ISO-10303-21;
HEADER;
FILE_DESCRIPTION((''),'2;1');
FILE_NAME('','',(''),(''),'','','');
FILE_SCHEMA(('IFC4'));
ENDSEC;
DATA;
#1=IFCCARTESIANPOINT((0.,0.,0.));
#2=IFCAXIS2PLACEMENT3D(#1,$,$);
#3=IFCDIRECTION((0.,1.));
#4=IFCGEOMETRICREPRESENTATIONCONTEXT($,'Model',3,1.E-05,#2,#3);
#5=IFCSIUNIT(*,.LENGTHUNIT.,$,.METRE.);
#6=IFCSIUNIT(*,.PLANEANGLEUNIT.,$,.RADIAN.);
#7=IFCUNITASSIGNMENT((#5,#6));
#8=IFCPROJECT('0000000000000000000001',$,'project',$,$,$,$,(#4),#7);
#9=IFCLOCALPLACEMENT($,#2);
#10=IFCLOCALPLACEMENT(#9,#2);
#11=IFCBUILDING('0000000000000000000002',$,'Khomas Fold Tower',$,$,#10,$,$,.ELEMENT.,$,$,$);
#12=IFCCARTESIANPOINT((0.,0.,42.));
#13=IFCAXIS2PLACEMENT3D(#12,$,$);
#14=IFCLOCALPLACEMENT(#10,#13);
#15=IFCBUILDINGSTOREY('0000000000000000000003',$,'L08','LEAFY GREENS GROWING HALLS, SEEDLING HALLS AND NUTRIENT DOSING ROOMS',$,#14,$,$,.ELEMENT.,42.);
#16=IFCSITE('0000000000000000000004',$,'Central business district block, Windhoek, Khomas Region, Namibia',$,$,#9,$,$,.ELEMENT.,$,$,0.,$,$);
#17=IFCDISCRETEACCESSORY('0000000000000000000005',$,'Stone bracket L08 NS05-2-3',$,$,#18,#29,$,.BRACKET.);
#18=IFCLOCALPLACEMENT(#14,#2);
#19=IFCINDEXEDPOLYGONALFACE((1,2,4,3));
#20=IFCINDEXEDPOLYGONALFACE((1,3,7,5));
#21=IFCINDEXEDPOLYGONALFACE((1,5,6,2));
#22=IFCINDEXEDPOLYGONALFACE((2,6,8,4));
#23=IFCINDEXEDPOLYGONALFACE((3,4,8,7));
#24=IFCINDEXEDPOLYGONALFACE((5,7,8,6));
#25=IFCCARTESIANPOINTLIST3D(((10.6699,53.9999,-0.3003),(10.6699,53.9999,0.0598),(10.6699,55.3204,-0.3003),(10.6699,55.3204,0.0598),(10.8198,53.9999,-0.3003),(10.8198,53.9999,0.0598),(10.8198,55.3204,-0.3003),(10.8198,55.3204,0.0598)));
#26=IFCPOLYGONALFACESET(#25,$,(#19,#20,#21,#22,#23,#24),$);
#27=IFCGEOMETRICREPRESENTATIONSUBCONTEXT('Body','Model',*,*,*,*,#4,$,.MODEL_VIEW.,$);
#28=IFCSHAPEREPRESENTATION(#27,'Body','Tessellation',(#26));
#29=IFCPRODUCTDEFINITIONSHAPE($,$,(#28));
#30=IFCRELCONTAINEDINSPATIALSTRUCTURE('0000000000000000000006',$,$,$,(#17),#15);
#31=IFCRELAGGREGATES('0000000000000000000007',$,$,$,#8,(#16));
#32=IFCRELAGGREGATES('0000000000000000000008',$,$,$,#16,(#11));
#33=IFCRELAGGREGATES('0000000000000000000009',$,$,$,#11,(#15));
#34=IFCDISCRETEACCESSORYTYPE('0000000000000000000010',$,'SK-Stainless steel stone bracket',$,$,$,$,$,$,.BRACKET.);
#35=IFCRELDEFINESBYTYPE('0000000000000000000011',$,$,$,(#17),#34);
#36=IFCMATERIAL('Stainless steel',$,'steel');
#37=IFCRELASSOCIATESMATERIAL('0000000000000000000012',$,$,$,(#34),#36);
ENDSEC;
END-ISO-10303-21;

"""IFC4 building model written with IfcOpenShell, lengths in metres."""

from ifc_helpers import new_model, si_unit, direction, frame, origin, origin_2d, place, context, subcontext, project, spatial, rectangle, extrude, source, transform, mapped, material, type_object, element, save


model = new_model("IFC4")

# Units and contexts
model_context = context("Model", 3, precision=1e-05, world=origin(), true_north=direction((0.0, 1.0)))
body_context = subcontext(model_context, "Body", "Model", "MODEL_VIEW")
ifc_project = project(units=[si_unit("LENGTHUNIT", "METRE"), si_unit("PLANEANGLEUNIT", "RADIAN")], contexts=[model_context])

# Site, building, storey
site_placement = place(None, origin())
site = spatial("IfcSite", under=ifc_project, at=site_placement, Name="Central business district block, Windhoek, Khomas Region, Namibia", CompositionType="ELEMENT", RefElevation=0.0)
building_placement = place(site_placement, origin())
building = spatial("IfcBuilding", under=site, at=building_placement, Name="Khomas Fold Tower", CompositionType="ELEMENT")
storey_placement = place(building_placement, frame((0.0, 0.0, 42.0)))
storey = spatial("IfcBuildingStorey", under=building, at=storey_placement, Name="L08", Description="LEAFY GREENS GROWING HALLS, SEEDLING HALLS AND NUTRIENT DOSING ROOMS", CompositionType="ELEMENT", Elevation=42.0)

# Discrete accessory
ifc_material_1 = material(Name="Stainless steel", Category="steel")
discrete_accessory_type = type_object("IfcDiscreteAccessoryType", Name="SK-Stainless steel stone bracket", PredefinedType="BRACKET", material=ifc_material_1)
shared_shape_1 = source(origin(), body_context, "Body", "SweptSolid", [
    extrude(rectangle(XDim=1.3206, YDim=0.1499, at=origin_2d()), origin(), (0.0, 0.0, 1.0), 0.3601),
])
discrete_accessory_placement = place(storey_placement, frame((10.7449, 54.6602, -0.3003), z_axis=(0.0, 0.0, 1.0), x_axis=(0.0, 1.0, 0.0)))
element("IfcDiscreteAccessory", 1, at=discrete_accessory_placement, inside=storey, type_object=discrete_accessory_type, Name="Stone bracket L08 NS05-2-3", PredefinedType="BRACKET", context=body_context, shape_type="MappedRepresentation", body=[
    mapped(shared_shape_1, transform((0.0, 0.0, 0.0))),
])

save(model, "model.ifc")
